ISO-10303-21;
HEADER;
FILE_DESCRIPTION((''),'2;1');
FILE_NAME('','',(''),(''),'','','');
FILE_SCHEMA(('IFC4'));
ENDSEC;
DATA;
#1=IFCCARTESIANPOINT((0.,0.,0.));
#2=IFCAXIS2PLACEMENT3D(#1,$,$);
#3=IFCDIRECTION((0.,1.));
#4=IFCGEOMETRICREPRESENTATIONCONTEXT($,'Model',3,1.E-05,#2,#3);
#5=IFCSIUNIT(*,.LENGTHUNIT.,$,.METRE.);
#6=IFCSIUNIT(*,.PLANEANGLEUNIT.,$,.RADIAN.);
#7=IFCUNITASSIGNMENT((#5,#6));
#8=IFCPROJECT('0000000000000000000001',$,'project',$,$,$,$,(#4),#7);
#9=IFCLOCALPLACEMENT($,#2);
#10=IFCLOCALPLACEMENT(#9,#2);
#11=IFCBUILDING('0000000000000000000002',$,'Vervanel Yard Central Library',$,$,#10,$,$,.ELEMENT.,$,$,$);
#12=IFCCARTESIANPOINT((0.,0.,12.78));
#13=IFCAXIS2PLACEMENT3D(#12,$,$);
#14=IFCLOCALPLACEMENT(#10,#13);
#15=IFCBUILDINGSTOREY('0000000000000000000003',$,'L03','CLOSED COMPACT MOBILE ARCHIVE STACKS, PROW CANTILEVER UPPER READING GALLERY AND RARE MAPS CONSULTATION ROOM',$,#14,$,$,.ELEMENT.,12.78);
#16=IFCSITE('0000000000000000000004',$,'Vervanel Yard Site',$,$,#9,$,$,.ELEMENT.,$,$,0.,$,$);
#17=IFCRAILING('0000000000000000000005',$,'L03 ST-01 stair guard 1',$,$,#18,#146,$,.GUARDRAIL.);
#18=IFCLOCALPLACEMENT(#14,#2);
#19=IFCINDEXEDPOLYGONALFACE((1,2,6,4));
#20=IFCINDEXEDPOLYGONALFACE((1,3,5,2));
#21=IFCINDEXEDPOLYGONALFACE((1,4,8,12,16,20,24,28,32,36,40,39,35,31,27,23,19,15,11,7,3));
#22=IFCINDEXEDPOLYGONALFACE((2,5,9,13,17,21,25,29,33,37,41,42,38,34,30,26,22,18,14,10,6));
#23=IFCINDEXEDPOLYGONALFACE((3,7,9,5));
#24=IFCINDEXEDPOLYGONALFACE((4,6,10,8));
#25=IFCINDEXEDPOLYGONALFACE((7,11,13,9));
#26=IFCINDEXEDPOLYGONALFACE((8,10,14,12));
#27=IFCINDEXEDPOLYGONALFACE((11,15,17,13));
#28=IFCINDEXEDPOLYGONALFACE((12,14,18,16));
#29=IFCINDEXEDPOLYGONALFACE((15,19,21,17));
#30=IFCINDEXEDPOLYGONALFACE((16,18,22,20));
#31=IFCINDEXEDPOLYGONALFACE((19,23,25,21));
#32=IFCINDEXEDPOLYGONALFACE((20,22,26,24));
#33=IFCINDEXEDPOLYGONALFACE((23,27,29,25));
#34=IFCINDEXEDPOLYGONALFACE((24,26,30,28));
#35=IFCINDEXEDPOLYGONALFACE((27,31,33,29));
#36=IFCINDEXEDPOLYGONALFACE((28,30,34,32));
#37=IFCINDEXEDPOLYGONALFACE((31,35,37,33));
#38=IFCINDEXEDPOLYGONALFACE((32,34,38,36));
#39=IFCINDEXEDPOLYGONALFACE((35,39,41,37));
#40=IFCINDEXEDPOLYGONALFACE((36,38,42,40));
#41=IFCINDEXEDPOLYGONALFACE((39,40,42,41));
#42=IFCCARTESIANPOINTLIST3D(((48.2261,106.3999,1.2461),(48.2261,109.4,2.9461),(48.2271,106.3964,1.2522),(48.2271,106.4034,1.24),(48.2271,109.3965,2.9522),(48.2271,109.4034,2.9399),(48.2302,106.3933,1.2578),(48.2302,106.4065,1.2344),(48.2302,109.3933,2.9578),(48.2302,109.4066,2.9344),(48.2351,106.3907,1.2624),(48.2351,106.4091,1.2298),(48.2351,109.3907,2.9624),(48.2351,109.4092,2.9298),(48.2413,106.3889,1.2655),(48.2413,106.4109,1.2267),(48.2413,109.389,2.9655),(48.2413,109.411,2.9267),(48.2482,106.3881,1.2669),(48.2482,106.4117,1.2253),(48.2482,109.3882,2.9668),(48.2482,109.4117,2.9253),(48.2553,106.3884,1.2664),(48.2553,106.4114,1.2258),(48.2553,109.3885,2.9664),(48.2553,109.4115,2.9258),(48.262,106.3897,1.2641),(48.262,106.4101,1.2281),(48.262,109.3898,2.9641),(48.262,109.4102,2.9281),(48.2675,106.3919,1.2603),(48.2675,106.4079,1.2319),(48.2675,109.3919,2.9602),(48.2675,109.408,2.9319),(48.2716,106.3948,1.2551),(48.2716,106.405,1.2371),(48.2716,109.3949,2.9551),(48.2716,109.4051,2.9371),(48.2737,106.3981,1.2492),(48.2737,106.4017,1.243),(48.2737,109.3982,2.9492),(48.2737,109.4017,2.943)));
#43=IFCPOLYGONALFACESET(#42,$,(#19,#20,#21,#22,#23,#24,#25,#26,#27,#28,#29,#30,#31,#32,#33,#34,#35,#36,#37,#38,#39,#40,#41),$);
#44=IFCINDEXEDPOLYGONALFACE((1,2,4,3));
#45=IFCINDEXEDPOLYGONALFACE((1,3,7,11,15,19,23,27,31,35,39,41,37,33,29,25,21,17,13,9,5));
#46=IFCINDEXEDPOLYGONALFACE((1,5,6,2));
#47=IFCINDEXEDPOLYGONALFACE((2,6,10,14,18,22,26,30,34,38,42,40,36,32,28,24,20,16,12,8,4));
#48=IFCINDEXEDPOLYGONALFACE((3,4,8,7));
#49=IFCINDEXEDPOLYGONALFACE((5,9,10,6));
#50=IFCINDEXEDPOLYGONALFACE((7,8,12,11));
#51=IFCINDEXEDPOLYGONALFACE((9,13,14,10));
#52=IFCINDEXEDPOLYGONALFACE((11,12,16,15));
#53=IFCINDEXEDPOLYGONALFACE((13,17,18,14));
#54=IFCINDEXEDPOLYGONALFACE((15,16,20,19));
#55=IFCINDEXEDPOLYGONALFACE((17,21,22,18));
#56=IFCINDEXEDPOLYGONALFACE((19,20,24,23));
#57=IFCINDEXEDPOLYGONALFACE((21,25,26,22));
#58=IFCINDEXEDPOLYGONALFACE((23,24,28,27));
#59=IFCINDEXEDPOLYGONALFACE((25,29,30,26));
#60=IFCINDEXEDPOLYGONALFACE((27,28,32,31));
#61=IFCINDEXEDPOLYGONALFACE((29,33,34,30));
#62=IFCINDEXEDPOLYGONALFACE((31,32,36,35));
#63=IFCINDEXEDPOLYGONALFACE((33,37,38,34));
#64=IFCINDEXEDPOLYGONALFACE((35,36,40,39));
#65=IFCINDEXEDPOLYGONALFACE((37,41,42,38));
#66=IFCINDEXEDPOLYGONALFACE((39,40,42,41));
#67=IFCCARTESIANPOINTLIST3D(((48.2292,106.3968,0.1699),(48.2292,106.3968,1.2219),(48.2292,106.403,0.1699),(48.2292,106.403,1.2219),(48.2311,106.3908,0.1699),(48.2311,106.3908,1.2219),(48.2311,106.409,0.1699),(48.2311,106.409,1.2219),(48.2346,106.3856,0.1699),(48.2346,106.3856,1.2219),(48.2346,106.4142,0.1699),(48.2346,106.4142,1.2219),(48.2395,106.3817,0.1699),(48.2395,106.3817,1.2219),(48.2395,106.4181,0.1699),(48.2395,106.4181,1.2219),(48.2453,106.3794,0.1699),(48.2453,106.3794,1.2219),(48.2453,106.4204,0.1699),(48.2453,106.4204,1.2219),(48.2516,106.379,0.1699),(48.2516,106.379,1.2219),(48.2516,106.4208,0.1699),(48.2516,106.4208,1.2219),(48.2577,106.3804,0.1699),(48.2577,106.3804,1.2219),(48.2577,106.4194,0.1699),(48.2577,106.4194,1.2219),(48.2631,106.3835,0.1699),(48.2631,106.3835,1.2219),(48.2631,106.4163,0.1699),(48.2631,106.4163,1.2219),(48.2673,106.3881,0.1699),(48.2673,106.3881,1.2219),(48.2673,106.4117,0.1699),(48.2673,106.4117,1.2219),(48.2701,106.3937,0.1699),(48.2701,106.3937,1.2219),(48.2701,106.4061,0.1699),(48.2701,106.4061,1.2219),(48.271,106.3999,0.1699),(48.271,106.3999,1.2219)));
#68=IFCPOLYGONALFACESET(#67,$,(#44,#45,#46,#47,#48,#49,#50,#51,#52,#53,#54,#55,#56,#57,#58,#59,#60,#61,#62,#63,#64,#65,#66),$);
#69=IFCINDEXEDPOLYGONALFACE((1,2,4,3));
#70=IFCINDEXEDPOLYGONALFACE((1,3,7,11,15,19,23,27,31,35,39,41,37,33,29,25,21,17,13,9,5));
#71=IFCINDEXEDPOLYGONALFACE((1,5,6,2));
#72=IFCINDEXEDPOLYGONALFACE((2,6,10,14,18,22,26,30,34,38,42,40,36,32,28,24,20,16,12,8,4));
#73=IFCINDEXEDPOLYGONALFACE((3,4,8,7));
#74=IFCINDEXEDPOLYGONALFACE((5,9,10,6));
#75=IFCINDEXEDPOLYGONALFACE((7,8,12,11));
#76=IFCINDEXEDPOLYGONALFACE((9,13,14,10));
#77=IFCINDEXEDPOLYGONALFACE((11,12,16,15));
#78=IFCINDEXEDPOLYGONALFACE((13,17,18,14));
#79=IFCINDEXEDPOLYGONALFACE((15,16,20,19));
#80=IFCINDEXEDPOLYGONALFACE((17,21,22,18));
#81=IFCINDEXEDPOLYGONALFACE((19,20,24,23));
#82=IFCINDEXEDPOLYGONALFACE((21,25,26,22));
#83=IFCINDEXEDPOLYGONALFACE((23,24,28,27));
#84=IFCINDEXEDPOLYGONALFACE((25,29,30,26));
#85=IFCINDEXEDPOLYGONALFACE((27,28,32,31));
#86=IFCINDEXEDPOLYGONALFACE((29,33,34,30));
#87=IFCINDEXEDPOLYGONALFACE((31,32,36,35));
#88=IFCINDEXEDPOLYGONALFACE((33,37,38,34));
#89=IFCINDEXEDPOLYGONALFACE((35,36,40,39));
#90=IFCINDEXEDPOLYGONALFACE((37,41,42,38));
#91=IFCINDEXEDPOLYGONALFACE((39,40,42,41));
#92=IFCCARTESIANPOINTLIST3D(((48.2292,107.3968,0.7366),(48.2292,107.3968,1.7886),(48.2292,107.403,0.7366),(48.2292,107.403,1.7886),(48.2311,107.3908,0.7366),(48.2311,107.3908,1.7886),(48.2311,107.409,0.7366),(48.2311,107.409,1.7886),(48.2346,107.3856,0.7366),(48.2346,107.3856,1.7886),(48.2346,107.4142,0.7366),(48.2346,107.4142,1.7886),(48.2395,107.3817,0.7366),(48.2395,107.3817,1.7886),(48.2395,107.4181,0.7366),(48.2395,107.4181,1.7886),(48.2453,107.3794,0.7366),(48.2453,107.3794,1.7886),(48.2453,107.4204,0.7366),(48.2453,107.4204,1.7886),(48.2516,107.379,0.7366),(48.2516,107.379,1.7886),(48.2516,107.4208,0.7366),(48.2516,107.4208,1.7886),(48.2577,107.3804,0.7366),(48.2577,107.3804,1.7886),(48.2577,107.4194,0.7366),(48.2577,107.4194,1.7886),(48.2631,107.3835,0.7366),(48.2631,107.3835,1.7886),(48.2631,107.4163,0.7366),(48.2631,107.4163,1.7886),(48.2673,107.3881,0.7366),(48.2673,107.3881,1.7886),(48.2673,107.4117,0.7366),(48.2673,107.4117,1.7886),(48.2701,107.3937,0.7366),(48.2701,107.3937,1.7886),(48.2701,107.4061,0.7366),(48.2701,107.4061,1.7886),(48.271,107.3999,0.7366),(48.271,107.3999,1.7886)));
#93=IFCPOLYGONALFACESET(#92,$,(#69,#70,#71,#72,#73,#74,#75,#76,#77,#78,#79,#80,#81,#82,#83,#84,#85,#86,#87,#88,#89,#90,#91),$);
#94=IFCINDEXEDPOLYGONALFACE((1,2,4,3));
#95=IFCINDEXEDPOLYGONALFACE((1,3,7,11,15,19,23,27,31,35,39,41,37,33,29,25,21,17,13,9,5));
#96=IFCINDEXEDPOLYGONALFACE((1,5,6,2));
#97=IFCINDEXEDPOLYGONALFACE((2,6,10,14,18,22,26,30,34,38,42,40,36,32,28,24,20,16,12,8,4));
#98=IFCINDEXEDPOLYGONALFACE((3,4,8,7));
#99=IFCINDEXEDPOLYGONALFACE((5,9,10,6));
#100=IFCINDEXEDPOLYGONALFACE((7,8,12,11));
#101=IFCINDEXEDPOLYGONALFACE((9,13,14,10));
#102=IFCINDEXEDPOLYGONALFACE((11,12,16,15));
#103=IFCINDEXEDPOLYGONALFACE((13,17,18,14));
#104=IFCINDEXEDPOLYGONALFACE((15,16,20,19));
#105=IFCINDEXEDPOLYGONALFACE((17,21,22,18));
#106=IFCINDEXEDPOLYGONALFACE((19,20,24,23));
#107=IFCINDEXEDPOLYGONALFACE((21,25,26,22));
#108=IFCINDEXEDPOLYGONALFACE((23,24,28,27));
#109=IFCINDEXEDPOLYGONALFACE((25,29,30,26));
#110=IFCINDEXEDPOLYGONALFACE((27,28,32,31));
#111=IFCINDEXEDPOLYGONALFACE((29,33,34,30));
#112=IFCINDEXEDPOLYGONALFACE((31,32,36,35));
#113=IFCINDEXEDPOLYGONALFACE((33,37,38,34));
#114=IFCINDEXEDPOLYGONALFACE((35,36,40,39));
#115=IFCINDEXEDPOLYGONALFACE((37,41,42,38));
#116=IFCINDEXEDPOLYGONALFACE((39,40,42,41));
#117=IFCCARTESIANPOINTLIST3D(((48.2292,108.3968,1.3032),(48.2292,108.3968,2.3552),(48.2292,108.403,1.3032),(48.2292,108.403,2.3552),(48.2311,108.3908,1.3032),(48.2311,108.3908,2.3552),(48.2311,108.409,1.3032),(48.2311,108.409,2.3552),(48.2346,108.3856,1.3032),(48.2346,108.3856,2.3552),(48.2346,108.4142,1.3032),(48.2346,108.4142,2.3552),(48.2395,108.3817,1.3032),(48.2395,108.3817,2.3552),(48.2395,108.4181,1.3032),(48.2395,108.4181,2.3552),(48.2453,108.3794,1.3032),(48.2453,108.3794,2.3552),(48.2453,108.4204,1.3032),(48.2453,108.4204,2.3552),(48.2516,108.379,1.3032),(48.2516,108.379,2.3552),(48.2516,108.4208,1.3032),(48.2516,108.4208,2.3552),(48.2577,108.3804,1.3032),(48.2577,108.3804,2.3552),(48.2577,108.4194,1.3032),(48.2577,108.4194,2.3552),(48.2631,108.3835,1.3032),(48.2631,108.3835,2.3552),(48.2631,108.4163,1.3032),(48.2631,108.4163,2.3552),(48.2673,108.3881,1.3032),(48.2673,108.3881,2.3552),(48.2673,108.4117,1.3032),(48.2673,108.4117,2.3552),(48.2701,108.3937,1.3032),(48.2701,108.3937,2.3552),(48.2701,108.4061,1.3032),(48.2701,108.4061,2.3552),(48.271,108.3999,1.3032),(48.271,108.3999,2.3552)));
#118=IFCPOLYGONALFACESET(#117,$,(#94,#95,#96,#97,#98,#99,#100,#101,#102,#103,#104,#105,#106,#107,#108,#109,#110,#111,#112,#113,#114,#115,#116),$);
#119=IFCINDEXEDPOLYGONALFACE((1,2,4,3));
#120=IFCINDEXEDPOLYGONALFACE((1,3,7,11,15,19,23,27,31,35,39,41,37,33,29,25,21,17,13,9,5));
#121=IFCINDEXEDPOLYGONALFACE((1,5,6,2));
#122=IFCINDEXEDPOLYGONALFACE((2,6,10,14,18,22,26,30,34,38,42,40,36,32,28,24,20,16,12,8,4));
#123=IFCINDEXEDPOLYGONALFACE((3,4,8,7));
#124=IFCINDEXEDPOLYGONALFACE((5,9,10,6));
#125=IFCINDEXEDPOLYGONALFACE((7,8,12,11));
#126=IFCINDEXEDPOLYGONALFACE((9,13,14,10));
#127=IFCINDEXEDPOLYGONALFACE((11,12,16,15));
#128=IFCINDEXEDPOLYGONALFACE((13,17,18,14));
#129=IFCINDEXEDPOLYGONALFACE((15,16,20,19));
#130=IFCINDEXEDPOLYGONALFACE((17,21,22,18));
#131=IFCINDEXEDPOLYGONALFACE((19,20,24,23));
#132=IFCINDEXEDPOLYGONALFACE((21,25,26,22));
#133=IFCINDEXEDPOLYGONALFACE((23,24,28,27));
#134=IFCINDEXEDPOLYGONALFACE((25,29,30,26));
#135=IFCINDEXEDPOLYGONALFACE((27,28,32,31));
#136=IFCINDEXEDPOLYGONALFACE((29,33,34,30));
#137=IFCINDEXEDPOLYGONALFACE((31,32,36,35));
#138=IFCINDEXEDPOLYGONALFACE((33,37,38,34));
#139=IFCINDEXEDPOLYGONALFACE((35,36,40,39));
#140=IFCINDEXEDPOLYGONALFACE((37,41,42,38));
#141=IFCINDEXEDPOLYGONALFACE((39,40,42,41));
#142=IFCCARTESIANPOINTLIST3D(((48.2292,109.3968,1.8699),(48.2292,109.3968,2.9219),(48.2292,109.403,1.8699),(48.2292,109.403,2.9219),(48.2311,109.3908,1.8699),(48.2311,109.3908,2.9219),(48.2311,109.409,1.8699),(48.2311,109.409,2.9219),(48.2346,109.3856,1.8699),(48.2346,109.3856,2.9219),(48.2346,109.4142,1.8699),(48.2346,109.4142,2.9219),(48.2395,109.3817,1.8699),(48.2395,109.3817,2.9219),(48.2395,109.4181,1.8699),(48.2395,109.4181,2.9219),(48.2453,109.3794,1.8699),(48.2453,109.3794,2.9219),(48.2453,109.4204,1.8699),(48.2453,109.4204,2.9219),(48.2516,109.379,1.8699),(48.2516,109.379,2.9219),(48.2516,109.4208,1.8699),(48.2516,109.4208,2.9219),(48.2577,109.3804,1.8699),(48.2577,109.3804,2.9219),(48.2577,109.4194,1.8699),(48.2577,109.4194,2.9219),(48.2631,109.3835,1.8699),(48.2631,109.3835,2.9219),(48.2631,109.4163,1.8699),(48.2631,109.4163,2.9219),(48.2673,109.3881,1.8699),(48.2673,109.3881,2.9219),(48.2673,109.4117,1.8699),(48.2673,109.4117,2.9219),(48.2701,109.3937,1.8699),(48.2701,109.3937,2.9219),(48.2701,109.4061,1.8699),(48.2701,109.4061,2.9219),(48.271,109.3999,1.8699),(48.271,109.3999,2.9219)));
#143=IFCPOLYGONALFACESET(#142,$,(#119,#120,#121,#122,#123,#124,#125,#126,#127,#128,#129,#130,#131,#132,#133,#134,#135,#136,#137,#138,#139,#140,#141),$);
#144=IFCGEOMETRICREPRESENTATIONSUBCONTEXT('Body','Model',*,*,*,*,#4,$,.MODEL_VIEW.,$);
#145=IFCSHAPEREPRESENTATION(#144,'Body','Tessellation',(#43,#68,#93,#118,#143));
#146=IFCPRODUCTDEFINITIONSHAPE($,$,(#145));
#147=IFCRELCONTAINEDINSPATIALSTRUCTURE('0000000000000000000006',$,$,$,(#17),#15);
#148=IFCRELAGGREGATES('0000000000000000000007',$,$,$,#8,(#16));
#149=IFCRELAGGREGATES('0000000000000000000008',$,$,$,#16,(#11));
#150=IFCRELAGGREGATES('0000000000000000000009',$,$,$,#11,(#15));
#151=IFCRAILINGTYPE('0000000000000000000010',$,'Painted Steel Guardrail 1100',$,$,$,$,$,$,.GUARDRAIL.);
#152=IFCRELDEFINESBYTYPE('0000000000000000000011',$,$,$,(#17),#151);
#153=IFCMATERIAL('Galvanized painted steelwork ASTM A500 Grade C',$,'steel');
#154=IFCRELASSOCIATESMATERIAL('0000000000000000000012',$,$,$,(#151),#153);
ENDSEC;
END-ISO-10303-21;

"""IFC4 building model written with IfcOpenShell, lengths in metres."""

from ifc_helpers import new_model, si_unit, direction, frame, origin, origin_2d, place, context, subcontext, project, spatial, circle, extrude, material, type_object, element, save


model = new_model("IFC4")

# Units and contexts
model_context = context("Model", 3, precision=1e-05, world=origin(), true_north=direction((0.0, 1.0)))
body_context = subcontext(model_context, "Body", "Model", "MODEL_VIEW")
ifc_project = project(units=[si_unit("LENGTHUNIT", "METRE"), si_unit("PLANEANGLEUNIT", "RADIAN")], contexts=[model_context])

# Site, building, storey
site_placement = place(None, origin())
site = spatial("IfcSite", under=ifc_project, at=site_placement, Name="Vervanel Yard Site", CompositionType="ELEMENT", RefElevation=0.0)
building_placement = place(site_placement, origin())
building = spatial("IfcBuilding", under=site, at=building_placement, Name="Vervanel Yard Central Library", CompositionType="ELEMENT")
storey_placement = place(building_placement, frame((0.0, 0.0, 12.78)))
storey = spatial("IfcBuildingStorey", under=building, at=storey_placement, Name="L03", Description="CLOSED COMPACT MOBILE ARCHIVE STACKS, PROW CANTILEVER UPPER READING GALLERY AND RARE MAPS CONSULTATION ROOM", CompositionType="ELEMENT", Elevation=12.78)

# Shared definitions
ifc_material_1 = material(Name="Galvanized painted steelwork ASTM A500 Grade C", Category="steel")

# Railing
railing_type_1 = type_object("IfcRailingType", Name="Painted Steel Guardrail 1100", PredefinedType="GUARDRAIL", material=ifc_material_1)
railing_1_placement = place(storey_placement, frame((48.25, 106.3999, 0.1699)))
element("IfcRailing", 1, at=railing_1_placement, inside=storey, type_object=railing_type_1, Name="L03 ST-01 stair guard 1", PredefinedType="GUARDRAIL", context=body_context, shape_type="SweptSolid", body=[
    extrude(circle(Radius=0.0239, at=origin_2d()), frame((0.0, 0.0, 1.0762), z_axis=(0.0, 0.870028, 0.493002), x_axis=(-1.0, 0.0, 0.0)), (0.0, 0.0, 1.0), 3.4482),
    extrude(circle(Radius=0.021, at=origin_2d()), origin(), (0.0, 0.0, 1.0), 1.052),
    extrude(circle(Radius=0.021, at=origin_2d()), frame((0.0, 1.0, 0.5667)), (0.0, 0.0, 1.0), 1.052),
    extrude(circle(Radius=0.021, at=origin_2d()), frame((0.0, 2.0, 1.1333)), (0.0, 0.0, 1.0), 1.052),
    extrude(circle(Radius=0.021, at=origin_2d()), frame((0.0, 3.0, 1.7)), (0.0, 0.0, 1.0), 1.052),
])

save(model, "model.ifc")
